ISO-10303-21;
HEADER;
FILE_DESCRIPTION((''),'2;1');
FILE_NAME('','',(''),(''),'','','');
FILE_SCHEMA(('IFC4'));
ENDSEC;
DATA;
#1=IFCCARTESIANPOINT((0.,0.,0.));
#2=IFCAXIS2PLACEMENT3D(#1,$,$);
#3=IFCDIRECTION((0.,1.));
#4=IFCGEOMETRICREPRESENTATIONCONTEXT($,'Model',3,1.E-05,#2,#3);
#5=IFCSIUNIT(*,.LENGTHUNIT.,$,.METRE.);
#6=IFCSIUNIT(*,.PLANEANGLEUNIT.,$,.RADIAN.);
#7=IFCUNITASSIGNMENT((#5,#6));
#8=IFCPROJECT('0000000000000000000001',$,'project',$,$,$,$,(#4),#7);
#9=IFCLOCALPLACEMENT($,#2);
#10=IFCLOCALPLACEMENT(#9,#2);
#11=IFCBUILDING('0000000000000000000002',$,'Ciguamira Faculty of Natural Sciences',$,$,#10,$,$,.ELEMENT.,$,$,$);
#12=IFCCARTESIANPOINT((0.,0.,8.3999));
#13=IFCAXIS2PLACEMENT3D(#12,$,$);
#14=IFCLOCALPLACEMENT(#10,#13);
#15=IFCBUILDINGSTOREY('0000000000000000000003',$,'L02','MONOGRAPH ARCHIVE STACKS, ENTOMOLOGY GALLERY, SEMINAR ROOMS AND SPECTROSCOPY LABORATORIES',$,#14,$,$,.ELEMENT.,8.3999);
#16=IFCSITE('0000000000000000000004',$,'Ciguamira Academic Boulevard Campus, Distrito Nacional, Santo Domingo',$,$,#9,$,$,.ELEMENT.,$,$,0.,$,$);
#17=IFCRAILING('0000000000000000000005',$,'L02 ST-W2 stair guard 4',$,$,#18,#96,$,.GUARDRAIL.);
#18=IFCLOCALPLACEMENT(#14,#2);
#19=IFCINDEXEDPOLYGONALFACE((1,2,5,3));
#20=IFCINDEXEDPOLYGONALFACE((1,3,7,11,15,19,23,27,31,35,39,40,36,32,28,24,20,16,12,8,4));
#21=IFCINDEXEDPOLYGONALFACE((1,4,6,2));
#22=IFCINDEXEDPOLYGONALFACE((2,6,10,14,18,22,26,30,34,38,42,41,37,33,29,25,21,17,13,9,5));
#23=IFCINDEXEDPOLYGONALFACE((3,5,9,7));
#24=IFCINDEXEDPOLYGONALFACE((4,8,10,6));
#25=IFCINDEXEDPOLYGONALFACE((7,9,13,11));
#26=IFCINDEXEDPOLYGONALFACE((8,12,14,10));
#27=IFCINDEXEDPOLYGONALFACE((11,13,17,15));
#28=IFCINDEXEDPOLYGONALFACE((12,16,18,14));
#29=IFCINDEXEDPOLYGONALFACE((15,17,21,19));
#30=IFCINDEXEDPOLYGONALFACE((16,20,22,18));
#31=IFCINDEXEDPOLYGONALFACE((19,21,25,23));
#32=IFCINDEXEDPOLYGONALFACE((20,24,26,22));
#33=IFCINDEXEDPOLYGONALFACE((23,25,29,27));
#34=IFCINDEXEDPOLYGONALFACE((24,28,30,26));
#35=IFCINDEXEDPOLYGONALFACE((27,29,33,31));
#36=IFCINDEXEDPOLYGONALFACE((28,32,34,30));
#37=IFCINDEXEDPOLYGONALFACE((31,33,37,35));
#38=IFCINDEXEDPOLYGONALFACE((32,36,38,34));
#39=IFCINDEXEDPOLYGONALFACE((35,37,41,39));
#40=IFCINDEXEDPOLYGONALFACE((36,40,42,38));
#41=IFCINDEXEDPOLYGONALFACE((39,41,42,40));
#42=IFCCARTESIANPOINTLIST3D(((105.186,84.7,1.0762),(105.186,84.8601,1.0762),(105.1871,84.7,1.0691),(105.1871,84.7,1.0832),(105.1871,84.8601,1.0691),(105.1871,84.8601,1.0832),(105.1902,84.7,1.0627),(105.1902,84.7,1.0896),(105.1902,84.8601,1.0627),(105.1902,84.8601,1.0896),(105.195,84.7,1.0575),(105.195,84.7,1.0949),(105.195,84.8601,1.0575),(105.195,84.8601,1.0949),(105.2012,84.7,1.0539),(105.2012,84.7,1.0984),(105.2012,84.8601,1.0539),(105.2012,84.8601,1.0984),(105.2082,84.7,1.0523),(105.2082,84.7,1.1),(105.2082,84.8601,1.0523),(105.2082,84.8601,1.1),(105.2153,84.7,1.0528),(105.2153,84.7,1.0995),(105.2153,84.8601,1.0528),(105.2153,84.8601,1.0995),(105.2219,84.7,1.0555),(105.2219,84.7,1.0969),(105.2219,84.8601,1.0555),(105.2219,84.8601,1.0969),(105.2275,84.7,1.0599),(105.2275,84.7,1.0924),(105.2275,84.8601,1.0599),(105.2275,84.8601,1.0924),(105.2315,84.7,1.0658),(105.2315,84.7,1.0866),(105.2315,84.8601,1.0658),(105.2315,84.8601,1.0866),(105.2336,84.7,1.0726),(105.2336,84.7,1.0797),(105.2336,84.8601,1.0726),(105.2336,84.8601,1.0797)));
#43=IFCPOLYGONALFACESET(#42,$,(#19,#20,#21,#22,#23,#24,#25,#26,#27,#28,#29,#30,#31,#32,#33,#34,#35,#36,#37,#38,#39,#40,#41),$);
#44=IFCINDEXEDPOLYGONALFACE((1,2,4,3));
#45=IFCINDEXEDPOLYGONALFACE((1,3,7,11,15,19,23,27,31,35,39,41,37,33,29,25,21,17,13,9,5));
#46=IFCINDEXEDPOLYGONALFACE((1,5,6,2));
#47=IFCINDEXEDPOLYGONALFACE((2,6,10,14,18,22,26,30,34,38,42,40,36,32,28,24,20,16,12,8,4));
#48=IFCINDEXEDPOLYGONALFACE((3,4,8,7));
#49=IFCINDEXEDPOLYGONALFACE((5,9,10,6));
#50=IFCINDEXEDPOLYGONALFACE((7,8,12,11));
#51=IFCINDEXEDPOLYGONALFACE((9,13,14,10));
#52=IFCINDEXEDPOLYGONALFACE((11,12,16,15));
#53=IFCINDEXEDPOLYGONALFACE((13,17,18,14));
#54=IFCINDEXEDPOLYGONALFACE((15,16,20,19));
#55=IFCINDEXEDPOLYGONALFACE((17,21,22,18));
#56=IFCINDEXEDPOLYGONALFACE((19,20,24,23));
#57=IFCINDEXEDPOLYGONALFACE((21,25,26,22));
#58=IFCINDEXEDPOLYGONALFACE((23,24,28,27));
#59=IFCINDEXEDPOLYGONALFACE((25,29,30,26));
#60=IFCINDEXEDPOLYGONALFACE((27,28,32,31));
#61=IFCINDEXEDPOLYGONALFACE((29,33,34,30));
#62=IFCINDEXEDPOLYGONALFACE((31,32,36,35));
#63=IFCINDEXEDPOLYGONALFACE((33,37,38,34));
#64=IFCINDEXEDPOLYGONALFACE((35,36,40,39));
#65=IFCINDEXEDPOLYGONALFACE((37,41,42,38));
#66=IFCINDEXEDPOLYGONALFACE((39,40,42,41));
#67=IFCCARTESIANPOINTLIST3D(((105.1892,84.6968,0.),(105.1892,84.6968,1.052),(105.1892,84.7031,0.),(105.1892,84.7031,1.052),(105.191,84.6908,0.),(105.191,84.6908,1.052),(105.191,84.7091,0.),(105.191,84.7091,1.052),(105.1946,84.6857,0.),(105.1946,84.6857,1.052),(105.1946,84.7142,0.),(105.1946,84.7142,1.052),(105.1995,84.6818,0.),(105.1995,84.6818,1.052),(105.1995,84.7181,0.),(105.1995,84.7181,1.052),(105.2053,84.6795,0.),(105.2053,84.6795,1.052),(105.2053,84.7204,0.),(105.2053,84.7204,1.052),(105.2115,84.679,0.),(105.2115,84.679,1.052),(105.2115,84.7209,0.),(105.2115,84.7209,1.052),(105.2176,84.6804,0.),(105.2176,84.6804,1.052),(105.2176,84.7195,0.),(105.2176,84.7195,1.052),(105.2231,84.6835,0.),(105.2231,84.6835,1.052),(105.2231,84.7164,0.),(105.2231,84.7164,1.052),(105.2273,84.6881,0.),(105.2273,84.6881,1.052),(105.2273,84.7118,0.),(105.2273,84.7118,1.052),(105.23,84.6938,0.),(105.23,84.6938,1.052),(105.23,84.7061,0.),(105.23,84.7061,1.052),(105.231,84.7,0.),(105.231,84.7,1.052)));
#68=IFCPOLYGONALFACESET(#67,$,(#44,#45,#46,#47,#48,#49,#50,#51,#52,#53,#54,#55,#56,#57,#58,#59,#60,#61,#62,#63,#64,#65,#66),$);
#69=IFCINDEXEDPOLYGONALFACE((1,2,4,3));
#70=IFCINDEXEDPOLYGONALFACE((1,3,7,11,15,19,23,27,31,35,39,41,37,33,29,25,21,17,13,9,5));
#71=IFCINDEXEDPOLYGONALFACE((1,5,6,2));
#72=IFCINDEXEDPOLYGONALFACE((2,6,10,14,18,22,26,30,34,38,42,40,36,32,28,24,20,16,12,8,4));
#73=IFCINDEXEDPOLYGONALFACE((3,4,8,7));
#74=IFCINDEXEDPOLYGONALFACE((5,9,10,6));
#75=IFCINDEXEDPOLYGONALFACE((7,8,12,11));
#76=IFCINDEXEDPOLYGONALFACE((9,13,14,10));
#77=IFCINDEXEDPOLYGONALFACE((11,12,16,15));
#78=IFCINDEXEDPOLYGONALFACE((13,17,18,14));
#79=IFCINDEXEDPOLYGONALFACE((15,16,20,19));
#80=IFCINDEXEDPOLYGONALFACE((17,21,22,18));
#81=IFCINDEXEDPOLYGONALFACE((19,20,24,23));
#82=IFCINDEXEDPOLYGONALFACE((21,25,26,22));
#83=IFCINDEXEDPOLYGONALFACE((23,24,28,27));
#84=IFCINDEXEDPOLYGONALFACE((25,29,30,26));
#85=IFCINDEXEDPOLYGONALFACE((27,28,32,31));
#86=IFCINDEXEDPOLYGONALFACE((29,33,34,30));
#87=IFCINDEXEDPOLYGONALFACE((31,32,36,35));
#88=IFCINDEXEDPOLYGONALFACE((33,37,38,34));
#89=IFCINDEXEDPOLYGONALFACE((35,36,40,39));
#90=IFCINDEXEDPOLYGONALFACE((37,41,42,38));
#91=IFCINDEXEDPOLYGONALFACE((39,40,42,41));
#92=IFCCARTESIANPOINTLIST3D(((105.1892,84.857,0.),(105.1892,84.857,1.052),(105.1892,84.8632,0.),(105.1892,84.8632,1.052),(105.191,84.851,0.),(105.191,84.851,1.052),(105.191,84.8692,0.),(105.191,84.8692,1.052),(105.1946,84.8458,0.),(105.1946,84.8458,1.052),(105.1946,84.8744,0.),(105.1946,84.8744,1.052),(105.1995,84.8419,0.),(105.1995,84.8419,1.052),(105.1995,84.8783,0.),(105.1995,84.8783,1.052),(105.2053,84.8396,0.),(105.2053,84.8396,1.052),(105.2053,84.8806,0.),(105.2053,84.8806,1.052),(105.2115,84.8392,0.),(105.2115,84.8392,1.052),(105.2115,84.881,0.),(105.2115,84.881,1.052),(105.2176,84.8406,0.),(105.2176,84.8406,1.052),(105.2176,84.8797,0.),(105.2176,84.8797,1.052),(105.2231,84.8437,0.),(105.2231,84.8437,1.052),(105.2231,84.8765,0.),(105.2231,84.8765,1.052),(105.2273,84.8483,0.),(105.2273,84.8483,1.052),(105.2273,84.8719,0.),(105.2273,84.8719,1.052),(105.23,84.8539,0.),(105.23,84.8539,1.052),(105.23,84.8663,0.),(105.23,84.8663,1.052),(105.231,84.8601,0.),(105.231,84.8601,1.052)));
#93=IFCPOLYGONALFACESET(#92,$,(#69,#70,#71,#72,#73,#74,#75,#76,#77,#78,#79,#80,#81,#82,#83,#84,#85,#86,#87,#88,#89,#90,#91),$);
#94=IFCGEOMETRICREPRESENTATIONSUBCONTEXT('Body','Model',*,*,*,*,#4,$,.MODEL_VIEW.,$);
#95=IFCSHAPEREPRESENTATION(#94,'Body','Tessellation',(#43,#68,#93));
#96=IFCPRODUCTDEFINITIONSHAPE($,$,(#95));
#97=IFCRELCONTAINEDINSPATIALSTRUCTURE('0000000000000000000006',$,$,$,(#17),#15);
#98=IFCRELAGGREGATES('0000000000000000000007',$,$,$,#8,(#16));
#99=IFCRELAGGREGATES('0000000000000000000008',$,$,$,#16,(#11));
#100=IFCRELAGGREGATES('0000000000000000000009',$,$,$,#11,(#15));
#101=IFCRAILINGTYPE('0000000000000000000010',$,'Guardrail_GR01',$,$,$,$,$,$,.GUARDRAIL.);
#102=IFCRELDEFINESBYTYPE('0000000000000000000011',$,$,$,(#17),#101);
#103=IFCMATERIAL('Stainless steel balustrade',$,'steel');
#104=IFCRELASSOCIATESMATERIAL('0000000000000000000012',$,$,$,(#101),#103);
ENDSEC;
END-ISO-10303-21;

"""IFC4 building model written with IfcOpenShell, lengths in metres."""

from ifc_helpers import new_model, si_unit, direction, frame, origin, origin_2d, place, context, subcontext, project, spatial, circle, extrude, material, type_object, element, save


model = new_model("IFC4")

# Units and contexts
model_context = context("Model", 3, precision=1e-05, world=origin(), true_north=direction((0.0, 1.0)))
body_context = subcontext(model_context, "Body", "Model", "MODEL_VIEW")
ifc_project = project(units=[si_unit("LENGTHUNIT", "METRE"), si_unit("PLANEANGLEUNIT", "RADIAN")], contexts=[model_context])

# Site, building, storey
site_placement = place(None, origin())
site = spatial("IfcSite", under=ifc_project, at=site_placement, Name="Ciguamira Academic Boulevard Campus, Distrito Nacional, Santo Domingo", CompositionType="ELEMENT", RefElevation=0.0)
building_placement = place(site_placement, origin())
building = spatial("IfcBuilding", under=site, at=building_placement, Name="Ciguamira Faculty of Natural Sciences", CompositionType="ELEMENT")
storey_placement = place(building_placement, frame((0.0, 0.0, 8.3999)))
storey = spatial("IfcBuildingStorey", under=building, at=storey_placement, Name="L02", Description="MONOGRAPH ARCHIVE STACKS, ENTOMOLOGY GALLERY, SEMINAR ROOMS AND SPECTROSCOPY LABORATORIES", CompositionType="ELEMENT", Elevation=8.3999)

# Railing
ifc_material_1 = material(Name="Stainless steel balustrade", Category="steel")
railing_type_1 = type_object("IfcRailingType", Name="Guardrail_GR01", PredefinedType="GUARDRAIL", material=ifc_material_1)
railing_1_placement = place(storey_placement, frame((105.21, 84.7, 0.0)))
element("IfcRailing", 1, at=railing_1_placement, inside=storey, type_object=railing_type_1, Name="L02 ST-W2 stair guard 4", PredefinedType="GUARDRAIL", context=body_context, shape_type="SweptSolid", body=[
    extrude(circle(Radius=0.0239, at=origin_2d()), frame((0.0, 0.0, 1.0762), z_axis=(0.0, 1.0, 0.0), x_axis=(-1.0, 0.0, 0.0)), (0.0, 0.0, 1.0), 0.1602),
    extrude(circle(Radius=0.021, at=origin_2d()), origin(), (0.0, 0.0, 1.0), 1.052),
    extrude(circle(Radius=0.021, at=origin_2d()), frame((0.0, 0.1602, 0.0)), (0.0, 0.0, 1.0), 1.052),
])

save(model, "model.ifc")
